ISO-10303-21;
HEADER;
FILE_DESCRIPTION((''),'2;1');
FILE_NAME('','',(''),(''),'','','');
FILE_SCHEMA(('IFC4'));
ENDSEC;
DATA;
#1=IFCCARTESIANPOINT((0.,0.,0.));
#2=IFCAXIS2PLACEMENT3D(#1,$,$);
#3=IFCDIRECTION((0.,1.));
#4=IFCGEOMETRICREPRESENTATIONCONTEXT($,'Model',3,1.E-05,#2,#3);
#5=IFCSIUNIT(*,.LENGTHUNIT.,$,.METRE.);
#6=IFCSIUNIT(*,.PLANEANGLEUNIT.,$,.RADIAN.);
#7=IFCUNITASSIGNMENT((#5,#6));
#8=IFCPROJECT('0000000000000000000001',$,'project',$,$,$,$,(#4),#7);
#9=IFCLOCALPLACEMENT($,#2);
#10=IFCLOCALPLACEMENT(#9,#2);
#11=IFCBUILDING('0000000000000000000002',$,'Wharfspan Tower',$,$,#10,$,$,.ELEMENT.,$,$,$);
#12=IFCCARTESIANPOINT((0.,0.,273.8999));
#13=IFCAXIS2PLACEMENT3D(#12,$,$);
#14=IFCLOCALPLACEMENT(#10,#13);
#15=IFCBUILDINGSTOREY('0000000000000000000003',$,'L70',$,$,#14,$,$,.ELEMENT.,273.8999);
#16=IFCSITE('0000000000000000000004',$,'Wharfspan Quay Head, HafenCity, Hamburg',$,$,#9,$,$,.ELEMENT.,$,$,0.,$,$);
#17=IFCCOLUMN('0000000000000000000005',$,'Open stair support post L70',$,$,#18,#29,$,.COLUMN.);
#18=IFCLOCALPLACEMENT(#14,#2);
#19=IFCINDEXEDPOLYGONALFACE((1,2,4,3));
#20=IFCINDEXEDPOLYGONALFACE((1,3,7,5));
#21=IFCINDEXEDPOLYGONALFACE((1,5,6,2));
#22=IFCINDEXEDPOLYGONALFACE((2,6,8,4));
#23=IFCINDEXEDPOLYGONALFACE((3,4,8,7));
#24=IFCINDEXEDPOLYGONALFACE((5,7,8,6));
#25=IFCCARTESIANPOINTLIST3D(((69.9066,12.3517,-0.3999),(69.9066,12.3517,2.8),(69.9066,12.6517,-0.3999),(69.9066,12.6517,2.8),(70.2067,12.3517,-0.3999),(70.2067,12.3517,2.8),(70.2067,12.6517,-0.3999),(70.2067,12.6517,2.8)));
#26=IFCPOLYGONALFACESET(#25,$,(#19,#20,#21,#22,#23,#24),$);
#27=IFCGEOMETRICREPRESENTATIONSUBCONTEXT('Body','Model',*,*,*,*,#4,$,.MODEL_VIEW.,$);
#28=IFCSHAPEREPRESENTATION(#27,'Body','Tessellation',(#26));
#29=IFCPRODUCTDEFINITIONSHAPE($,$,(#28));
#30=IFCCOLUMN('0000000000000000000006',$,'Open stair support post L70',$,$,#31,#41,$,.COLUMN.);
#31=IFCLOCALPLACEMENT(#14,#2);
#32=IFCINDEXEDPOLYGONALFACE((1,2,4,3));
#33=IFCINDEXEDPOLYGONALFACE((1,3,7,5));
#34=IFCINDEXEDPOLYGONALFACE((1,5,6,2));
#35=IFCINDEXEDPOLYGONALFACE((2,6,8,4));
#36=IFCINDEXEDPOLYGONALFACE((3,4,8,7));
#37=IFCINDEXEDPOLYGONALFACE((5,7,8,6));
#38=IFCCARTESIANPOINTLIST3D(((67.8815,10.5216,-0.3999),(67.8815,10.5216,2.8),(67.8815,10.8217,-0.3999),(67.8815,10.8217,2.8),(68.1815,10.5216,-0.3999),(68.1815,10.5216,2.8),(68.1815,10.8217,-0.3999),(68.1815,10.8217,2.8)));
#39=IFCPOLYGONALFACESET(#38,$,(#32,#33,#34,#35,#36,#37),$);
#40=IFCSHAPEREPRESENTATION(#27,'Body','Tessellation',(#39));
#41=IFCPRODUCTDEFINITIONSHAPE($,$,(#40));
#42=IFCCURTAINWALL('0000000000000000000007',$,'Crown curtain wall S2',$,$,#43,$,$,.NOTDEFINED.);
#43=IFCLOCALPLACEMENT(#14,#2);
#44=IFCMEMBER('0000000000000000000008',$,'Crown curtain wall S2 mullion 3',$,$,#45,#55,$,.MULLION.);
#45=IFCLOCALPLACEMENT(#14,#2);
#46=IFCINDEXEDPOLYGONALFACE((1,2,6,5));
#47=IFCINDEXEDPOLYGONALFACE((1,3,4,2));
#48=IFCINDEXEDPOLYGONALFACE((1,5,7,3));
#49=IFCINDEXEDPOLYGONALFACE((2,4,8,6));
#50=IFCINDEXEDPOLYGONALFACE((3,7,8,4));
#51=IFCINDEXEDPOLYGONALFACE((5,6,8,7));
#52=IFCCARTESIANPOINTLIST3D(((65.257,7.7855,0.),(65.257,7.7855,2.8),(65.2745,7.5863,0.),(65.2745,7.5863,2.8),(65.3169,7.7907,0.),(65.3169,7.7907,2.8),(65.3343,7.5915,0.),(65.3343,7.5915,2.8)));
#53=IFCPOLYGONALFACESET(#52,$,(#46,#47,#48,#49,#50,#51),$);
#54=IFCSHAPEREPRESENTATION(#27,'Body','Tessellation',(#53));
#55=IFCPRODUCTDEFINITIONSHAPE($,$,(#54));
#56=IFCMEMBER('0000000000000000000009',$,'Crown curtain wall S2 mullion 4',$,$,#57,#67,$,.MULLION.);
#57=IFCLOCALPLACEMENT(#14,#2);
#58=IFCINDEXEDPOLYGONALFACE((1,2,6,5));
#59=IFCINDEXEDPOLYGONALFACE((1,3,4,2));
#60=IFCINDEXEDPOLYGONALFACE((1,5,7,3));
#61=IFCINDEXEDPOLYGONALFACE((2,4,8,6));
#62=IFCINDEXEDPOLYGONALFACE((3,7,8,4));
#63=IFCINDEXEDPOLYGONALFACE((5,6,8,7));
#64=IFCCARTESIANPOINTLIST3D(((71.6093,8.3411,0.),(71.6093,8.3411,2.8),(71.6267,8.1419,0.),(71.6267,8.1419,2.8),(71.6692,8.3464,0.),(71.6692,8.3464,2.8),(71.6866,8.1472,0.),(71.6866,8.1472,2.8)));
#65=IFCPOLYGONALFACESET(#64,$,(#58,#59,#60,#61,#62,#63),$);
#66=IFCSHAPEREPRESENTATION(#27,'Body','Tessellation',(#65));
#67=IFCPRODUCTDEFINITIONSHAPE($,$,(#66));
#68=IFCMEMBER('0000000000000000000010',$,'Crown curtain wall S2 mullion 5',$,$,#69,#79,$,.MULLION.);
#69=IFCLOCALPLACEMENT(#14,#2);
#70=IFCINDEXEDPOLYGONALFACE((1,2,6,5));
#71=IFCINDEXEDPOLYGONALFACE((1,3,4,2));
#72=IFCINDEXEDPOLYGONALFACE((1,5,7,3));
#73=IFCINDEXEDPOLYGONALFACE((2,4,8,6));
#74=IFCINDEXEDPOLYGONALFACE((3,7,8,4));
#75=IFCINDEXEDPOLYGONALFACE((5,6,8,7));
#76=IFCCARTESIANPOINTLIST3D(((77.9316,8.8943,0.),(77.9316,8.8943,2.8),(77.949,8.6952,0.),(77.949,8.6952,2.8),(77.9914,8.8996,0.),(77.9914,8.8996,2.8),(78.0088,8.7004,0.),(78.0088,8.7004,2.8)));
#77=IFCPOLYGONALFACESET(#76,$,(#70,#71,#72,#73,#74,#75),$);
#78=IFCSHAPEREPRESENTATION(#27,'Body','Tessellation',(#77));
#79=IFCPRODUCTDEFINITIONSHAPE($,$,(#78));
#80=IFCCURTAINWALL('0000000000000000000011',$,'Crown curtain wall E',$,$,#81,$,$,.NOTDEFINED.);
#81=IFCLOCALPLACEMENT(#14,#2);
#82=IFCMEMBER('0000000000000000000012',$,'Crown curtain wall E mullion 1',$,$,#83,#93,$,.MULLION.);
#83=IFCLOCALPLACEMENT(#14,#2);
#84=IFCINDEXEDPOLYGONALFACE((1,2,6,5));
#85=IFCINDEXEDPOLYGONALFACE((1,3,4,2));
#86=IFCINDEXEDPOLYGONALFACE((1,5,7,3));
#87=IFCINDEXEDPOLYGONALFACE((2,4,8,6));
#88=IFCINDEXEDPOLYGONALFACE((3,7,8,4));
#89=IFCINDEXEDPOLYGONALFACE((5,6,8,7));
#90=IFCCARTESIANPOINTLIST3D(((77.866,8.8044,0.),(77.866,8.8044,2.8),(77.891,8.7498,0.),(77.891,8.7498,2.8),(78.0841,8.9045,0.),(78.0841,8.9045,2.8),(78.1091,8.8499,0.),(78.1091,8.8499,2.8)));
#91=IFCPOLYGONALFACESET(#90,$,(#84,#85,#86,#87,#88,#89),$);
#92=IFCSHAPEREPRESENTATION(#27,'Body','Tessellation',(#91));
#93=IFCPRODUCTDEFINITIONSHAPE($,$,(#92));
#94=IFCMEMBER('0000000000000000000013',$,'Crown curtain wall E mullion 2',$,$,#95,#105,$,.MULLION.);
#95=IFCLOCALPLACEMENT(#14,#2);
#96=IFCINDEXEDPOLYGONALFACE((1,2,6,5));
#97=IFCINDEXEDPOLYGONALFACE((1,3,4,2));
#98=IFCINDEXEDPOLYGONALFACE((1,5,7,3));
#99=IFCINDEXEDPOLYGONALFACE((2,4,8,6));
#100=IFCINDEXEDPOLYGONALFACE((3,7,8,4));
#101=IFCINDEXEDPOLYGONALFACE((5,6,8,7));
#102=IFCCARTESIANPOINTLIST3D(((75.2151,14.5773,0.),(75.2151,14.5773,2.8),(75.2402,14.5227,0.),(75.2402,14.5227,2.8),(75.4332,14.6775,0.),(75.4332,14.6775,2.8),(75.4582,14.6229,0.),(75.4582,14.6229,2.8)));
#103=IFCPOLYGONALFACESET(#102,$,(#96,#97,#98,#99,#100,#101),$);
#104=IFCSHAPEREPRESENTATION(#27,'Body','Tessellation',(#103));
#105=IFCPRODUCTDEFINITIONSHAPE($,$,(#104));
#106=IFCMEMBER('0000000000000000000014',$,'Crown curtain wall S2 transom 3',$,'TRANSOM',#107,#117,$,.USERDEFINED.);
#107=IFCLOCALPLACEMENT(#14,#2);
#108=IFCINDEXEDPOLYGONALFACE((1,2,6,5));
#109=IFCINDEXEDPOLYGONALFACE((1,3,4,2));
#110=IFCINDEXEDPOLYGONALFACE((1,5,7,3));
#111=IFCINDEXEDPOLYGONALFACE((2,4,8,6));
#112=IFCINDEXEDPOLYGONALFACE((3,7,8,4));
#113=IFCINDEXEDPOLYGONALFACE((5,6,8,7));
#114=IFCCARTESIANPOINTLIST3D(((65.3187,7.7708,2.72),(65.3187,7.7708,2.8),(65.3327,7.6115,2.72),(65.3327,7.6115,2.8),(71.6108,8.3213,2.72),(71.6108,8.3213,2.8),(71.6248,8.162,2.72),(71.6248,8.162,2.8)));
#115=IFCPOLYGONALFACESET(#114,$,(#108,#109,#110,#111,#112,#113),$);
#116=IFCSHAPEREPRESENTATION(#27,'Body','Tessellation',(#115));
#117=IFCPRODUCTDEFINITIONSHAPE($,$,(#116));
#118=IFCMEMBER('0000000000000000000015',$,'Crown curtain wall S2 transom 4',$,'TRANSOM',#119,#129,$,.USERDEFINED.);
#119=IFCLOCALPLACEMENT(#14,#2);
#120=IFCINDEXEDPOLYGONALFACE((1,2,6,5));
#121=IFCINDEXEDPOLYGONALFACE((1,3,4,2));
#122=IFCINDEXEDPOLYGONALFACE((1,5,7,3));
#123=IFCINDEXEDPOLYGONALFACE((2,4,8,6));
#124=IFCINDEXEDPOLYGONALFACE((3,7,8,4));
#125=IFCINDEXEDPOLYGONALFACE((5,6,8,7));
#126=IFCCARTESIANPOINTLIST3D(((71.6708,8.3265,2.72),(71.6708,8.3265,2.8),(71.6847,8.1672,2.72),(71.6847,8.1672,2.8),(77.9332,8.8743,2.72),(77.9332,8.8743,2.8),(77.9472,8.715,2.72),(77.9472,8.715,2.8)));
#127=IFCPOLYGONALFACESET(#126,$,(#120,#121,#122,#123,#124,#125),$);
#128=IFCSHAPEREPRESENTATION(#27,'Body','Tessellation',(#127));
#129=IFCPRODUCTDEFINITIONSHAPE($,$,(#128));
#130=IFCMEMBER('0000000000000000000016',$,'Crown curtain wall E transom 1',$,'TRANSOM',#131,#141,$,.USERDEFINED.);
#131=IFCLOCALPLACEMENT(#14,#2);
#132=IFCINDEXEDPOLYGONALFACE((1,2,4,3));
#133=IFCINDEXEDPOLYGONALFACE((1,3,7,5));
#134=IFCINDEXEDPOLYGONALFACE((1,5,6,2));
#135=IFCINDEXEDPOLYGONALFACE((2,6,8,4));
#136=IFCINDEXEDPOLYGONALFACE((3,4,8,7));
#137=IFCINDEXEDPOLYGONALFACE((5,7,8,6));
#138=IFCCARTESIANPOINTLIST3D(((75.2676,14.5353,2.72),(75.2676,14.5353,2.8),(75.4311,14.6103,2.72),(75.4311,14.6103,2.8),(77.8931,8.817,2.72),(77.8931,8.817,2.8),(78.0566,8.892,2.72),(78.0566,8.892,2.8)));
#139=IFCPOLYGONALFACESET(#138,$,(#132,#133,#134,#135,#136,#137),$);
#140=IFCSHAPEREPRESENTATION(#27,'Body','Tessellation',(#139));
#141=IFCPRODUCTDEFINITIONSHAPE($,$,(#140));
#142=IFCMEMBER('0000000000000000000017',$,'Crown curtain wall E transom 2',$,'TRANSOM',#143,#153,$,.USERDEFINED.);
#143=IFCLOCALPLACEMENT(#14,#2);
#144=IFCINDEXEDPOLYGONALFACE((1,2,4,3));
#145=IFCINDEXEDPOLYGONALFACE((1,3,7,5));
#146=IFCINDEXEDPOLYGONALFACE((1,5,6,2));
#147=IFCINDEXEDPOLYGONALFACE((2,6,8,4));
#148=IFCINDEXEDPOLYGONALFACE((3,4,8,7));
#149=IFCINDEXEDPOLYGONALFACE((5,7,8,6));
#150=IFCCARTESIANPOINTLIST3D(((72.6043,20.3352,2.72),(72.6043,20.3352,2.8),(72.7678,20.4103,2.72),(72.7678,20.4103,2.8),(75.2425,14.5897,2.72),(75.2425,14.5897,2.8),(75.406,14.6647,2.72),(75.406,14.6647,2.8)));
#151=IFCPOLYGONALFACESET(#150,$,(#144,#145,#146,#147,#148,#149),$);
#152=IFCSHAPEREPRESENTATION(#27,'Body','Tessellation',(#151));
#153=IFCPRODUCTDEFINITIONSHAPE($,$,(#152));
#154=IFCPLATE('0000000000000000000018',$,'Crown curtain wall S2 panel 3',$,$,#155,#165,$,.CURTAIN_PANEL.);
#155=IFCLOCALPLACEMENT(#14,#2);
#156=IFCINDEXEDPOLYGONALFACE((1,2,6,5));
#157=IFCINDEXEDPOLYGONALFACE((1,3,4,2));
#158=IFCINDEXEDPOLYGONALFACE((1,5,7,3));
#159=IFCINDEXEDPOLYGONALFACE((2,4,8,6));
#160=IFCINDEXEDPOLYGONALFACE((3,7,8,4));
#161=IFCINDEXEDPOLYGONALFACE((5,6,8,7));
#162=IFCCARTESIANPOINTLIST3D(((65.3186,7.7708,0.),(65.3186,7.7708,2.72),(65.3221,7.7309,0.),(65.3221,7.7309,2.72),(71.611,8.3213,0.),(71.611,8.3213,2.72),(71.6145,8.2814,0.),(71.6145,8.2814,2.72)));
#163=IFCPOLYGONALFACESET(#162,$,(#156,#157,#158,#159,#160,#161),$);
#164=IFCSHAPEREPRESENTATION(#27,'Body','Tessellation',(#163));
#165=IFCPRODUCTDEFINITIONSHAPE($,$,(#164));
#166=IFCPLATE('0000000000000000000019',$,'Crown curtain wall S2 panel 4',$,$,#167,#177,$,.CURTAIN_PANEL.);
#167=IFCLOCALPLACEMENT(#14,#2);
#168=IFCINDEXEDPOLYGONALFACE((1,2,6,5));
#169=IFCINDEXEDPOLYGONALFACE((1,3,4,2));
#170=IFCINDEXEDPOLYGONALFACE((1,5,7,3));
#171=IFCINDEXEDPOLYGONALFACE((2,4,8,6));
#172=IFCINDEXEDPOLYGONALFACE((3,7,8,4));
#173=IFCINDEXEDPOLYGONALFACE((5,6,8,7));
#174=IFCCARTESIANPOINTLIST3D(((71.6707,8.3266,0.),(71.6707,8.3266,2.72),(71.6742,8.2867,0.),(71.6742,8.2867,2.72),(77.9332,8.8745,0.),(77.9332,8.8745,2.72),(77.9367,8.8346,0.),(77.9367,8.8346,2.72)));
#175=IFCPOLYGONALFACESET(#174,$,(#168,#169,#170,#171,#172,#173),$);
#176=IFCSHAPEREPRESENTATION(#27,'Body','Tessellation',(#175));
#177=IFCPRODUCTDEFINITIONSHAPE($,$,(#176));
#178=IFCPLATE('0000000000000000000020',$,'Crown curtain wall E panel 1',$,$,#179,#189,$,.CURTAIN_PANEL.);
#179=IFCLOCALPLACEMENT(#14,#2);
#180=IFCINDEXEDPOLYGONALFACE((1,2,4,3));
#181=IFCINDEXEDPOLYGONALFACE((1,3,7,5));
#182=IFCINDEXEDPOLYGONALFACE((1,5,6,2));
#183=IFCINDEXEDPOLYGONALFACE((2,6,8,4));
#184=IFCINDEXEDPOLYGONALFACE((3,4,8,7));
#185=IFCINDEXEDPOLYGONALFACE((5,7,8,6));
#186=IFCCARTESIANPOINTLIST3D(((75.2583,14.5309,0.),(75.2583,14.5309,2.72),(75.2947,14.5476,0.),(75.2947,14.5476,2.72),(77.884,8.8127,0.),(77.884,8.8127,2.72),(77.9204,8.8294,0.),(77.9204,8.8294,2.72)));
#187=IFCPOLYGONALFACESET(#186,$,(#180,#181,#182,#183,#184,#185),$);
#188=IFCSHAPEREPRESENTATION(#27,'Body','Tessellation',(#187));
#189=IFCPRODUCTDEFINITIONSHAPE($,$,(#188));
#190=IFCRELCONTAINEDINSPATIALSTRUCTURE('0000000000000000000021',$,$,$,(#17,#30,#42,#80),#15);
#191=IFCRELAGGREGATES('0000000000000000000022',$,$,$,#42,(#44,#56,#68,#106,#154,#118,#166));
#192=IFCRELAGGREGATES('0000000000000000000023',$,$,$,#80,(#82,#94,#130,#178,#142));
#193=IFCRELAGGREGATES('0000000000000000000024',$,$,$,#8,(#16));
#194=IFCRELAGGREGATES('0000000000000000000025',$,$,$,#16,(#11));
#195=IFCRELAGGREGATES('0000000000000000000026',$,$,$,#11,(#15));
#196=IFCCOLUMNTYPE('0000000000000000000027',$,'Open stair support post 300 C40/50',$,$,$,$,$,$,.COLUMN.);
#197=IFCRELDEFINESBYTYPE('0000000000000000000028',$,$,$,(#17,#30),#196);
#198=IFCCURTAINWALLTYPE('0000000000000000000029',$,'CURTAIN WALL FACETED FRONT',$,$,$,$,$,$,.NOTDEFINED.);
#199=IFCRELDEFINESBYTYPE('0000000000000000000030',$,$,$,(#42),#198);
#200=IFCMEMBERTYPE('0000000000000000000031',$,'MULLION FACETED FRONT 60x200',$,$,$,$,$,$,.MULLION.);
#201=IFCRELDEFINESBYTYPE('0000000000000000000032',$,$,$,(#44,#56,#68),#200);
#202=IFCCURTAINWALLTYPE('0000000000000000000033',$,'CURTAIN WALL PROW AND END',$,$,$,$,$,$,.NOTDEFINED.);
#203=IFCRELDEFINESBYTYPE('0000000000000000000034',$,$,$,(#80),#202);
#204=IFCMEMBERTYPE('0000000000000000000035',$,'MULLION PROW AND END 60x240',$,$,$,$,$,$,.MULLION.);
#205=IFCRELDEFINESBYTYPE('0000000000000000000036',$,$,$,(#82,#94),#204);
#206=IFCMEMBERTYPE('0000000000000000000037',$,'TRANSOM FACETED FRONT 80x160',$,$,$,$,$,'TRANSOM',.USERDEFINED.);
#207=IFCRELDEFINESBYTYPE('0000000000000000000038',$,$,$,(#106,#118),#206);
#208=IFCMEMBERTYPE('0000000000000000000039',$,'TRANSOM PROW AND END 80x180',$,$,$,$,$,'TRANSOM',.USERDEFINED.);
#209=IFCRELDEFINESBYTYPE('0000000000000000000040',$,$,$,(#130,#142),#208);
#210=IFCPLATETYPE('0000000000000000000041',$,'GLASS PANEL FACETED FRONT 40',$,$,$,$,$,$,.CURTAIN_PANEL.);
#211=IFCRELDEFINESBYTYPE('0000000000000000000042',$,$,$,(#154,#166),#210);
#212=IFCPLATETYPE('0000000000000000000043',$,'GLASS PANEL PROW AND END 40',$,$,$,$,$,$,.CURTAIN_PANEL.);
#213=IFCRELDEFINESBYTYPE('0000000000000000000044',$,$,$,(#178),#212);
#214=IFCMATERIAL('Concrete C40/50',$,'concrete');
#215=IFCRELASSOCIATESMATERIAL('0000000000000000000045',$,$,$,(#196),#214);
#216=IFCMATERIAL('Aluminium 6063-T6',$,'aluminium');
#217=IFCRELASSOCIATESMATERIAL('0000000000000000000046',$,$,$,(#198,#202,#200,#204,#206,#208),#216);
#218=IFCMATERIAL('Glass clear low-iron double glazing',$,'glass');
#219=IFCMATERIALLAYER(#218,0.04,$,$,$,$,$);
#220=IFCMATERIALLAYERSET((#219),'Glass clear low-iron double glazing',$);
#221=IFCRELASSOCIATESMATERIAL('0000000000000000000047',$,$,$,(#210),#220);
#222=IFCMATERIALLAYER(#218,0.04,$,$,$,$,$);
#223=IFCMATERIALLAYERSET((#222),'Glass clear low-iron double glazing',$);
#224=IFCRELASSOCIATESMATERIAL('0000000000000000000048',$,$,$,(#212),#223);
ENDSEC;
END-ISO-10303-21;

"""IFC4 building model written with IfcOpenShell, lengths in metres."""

from ifc_helpers import new_model, si_unit, direction, frame, origin, origin_2d, place, context, subcontext, project, spatial, rectangle, extrude, material, layer, layer_set, material_profile, profile_set, type_object, element, aggregate, save


model = new_model("IFC4")

# Units and contexts
model_context = context("Model", 3, precision=1e-05, world=origin(), true_north=direction((0.0, 1.0)))
body_context = subcontext(model_context, "Body", "Model", "MODEL_VIEW")
ifc_project = project(units=[si_unit("LENGTHUNIT", "METRE"), si_unit("PLANEANGLEUNIT", "RADIAN")], contexts=[model_context])

# Site, building, storey
site_placement = place(None, origin())
site = spatial("IfcSite", under=ifc_project, at=site_placement, Name="Wharfspan Quay Head, HafenCity, Hamburg", CompositionType="ELEMENT", RefElevation=0.0)
building_placement = place(site_placement, origin())
building = spatial("IfcBuilding", under=site, at=building_placement, Name="Wharfspan Tower", CompositionType="ELEMENT")
storey_placement = place(building_placement, frame((0.0, 0.0, 273.8999)))
storey = spatial("IfcBuildingStorey", under=building, at=storey_placement, Name="L70", CompositionType="ELEMENT", Elevation=273.8999)

# Columns
ifc_material_1 = material(Name="Concrete C40/50", Category="concrete")
ifc_material_profile_1 = material_profile(ifc_material_1, rectangle(XDim=0.3, YDim=0.3, at=origin_2d()))
ifc_profile_set_1 = profile_set([ifc_material_profile_1], Name="Concrete C40/50")
column_type_1 = type_object("IfcColumnType", Name="Open stair support post 300 C40/50", PredefinedType="COLUMN", material=ifc_profile_set_1)
for number, where, z_axis, x_axis, name in (
    (1, (70.0566, 12.5017, -0.3999), (0.0, 0.0, 1.0), (1.0, 0.0, 0.0), "Open stair support post L70"),
    (2, (68.0315, 10.6716, -0.3999), (0.0, 0.0, 1.0), (1.0, 0.0, 0.0), "Open stair support post L70"),
):
    element("IfcColumn", number, at=place(storey_placement, frame(where, z_axis=z_axis, x_axis=x_axis)), inside=storey, type_object=column_type_1, Name=name, PredefinedType="COLUMN", context=body_context, shape_type="SweptSolid", body=[
        extrude(rectangle(XDim=0.3, YDim=0.3, at=origin_2d()), origin(), (0.0, 0.0, 1.0), 3.2),
    ])

# Curtain walls, members
ifc_material_2 = material(Name="Aluminium 6063-T6", Category="aluminium")
curtain_wall_type_1 = type_object("IfcCurtainWallType", Name="CURTAIN WALL FACETED FRONT", PredefinedType="NOTDEFINED", material=ifc_material_2)
curtain_wall_1_placement = place(storey_placement, origin())
curtain_wall_1 = element("IfcCurtainWall", 3, at=curtain_wall_1_placement, inside=storey, type_object=curtain_wall_type_1, Name="Crown curtain wall S2", PredefinedType="NOTDEFINED")
ifc_material_profile_2 = material_profile(ifc_material_2, rectangle(XDim=0.2, YDim=0.0601, at=origin_2d()))
ifc_profile_set_2 = profile_set([ifc_material_profile_2], Name="Aluminium 6063-T6")
member_type_1 = type_object("IfcMemberType", Name="MULLION FACETED FRONT 60x200", PredefinedType="MULLION", material=ifc_profile_set_2)
member_1_placement = place(storey_placement, frame((65.2957, 7.6885, 0.0), z_axis=(0.0, 0.0, 1.0), x_axis=(-0.087156, 0.996198, 0.0)))
member_1 = element("IfcMember", 4, at=member_1_placement, type_object=member_type_1, Name="Crown curtain wall S2 mullion 3", PredefinedType="MULLION", context=body_context, shape_type="SweptSolid", body=[
    extrude(rectangle(XDim=0.2, YDim=0.0601, at=origin_2d()), origin(), (0.0, 0.0, 1.0), 2.8),
])
member_2_placement = place(storey_placement, frame((71.6479, 8.2441, 0.0), z_axis=(0.0, 0.0, 1.0), x_axis=(-0.087156, 0.996198, 0.0)))
member_2 = element("IfcMember", 5, at=member_2_placement, type_object=member_type_1, Name="Crown curtain wall S2 mullion 4", PredefinedType="MULLION", context=body_context, shape_type="SweptSolid", body=[
    extrude(rectangle(XDim=0.2, YDim=0.0601, at=origin_2d()), origin(), (0.0, 0.0, 1.0), 2.8),
])
member_3_placement = place(storey_placement, frame((77.9702, 8.7974, 0.0), z_axis=(0.0, 0.0, 1.0), x_axis=(-0.087156, 0.996198, 0.0)))
member_3 = element("IfcMember", 6, at=member_3_placement, type_object=member_type_1, Name="Crown curtain wall S2 mullion 5", PredefinedType="MULLION", context=body_context, shape_type="SweptSolid", body=[
    extrude(rectangle(XDim=0.2, YDim=0.0601, at=origin_2d()), origin(), (0.0, 0.0, 1.0), 2.8),
])
curtain_wall_type_2 = type_object("IfcCurtainWallType", Name="CURTAIN WALL PROW AND END", PredefinedType="NOTDEFINED", material=ifc_material_2)
curtain_wall_2_placement = place(storey_placement, origin())
curtain_wall_2 = element("IfcCurtainWall", 7, at=curtain_wall_2_placement, inside=storey, type_object=curtain_wall_type_2, Name="Crown curtain wall E", PredefinedType="NOTDEFINED")
ifc_material_profile_3 = material_profile(ifc_material_2, rectangle(XDim=0.24, YDim=0.0601, at=origin_2d()))
ifc_profile_set_3 = profile_set([ifc_material_profile_3], Name="Aluminium 6063-T6")
member_type_2 = type_object("IfcMemberType", Name="MULLION PROW AND END 60x240", PredefinedType="MULLION", material=ifc_profile_set_3)
member_4_placement = place(storey_placement, frame((77.9875, 8.8271, 0.0), z_axis=(0.0, 0.0, 1.0), x_axis=(-0.908769, -0.417292, 0.0)))
member_4 = element("IfcMember", 8, at=member_4_placement, type_object=member_type_2, Name="Crown curtain wall E mullion 1", PredefinedType="MULLION", context=body_context, shape_type="SweptSolid", body=[
    extrude(rectangle(XDim=0.24, YDim=0.0601, at=origin_2d()), origin(), (0.0, 0.0, 1.0), 2.8),
])
member_5_placement = place(storey_placement, frame((75.3367, 14.6001, 0.0), z_axis=(0.0, 0.0, 1.0), x_axis=(-0.908769, -0.417292, 0.0)))
member_5 = element("IfcMember", 9, at=member_5_placement, type_object=member_type_2, Name="Crown curtain wall E mullion 2", PredefinedType="MULLION", context=body_context, shape_type="SweptSolid", body=[
    extrude(rectangle(XDim=0.24, YDim=0.0601, at=origin_2d()), origin(), (0.0, 0.0, 1.0), 2.8),
])

# Members
ifc_material_profile_4 = material_profile(ifc_material_2, rectangle(XDim=0.1599, YDim=0.0801, at=origin_2d()))
ifc_profile_set_4 = profile_set([ifc_material_profile_4], Name="Aluminium 6063-T6")
member_type_3 = type_object("IfcMemberType", Name="TRANSOM FACETED FRONT 80x160", ElementType="TRANSOM", PredefinedType="USERDEFINED", material=ifc_profile_set_4)
member_6_placement = place(storey_placement, frame((65.3257, 7.6912, 2.76), z_axis=(0.996194, 0.087162, 0.0), x_axis=(-0.087162, 0.996194, 0.0)))
member_6 = element("IfcMember", 10, at=member_6_placement, type_object=member_type_3, Name="Crown curtain wall S2 transom 3", ObjectType="TRANSOM", PredefinedType="USERDEFINED", context=body_context, shape_type="SweptSolid", body=[
    extrude(rectangle(XDim=0.1599, YDim=0.0801, at=origin_2d()), origin(), (0.0, 0.0, 1.0), 6.3162),
])
member_7_placement = place(storey_placement, frame((71.6777, 8.2468, 2.76), z_axis=(0.996195, 0.087149, 0.0), x_axis=(-0.087149, 0.996195, 0.0)))
member_7 = element("IfcMember", 11, at=member_7_placement, type_object=member_type_3, Name="Crown curtain wall S2 transom 4", ObjectType="TRANSOM", PredefinedType="USERDEFINED", context=body_context, shape_type="SweptSolid", body=[
    extrude(rectangle(XDim=0.1599, YDim=0.0801, at=origin_2d()), origin(), (0.0, 0.0, 1.0), 6.2864),
])
ifc_material_profile_5 = material_profile(ifc_material_2, rectangle(XDim=0.1799, YDim=0.0801, at=origin_2d()))
ifc_profile_set_5 = profile_set([ifc_material_profile_5], Name="Aluminium 6063-T6")
member_type_4 = type_object("IfcMemberType", Name="TRANSOM PROW AND END 80x180", ElementType="TRANSOM", PredefinedType="USERDEFINED", material=ifc_profile_set_5)
member_8_placement = place(storey_placement, frame((77.9749, 8.8545, 2.76), z_axis=(-0.417261, 0.908787, 0.0), x_axis=(-0.908787, -0.417261, 0.0)))
member_8 = element("IfcMember", 12, at=member_8_placement, type_object=member_type_4, Name="Crown curtain wall E transom 1", ObjectType="TRANSOM", PredefinedType="USERDEFINED", context=body_context, shape_type="SweptSolid", body=[
    extrude(rectangle(XDim=0.1799, YDim=0.0801, at=origin_2d()), origin(), (0.0, 0.0, 1.0), 6.2922),
])
member_9_placement = place(storey_placement, frame((75.3242, 14.6272, 2.76), z_axis=(-0.41728, 0.908778, 0.0), x_axis=(-0.908778, -0.41728, 0.0)))
member_9 = element("IfcMember", 13, at=member_9_placement, type_object=member_type_4, Name="Crown curtain wall E transom 2", ObjectType="TRANSOM", PredefinedType="USERDEFINED", context=body_context, shape_type="SweptSolid", body=[
    extrude(rectangle(XDim=0.1799, YDim=0.0801, at=origin_2d()), origin(), (0.0, 0.0, 1.0), 6.3223),
])

# Plates
ifc_material_3 = material(Name="Glass clear low-iron double glazing", Category="glass")
ifc_layer_1 = layer(ifc_material_3, 0.04)
ifc_layer_set_1 = layer_set([ifc_layer_1], Name="Glass clear low-iron double glazing")
plate_type_1 = type_object("IfcPlateType", Name="GLASS PANEL FACETED FRONT 40", PredefinedType="CURTAIN_PANEL", material=ifc_layer_set_1)
plate_1_placement = place(storey_placement, frame((68.4666, 8.0261, 0.0), z_axis=(0.0, 0.0, 1.0), x_axis=(0.996198, 0.087156, 0.0)))
plate_1 = element("IfcPlate", 14, at=plate_1_placement, type_object=plate_type_1, Name="Crown curtain wall S2 panel 3", PredefinedType="CURTAIN_PANEL", context=body_context, shape_type="SweptSolid", body=[
    extrude(rectangle(XDim=6.3164, YDim=0.04, at=origin_2d()), origin(), (0.0, 0.0, 1.0), 2.72),
])
plate_2_placement = place(storey_placement, frame((74.8037, 8.5806, 0.0), z_axis=(0.0, 0.0, 1.0), x_axis=(0.996198, 0.087156, 0.0)))
plate_2 = element("IfcPlate", 15, at=plate_2_placement, type_object=plate_type_1, Name="Crown curtain wall S2 panel 4", PredefinedType="CURTAIN_PANEL", context=body_context, shape_type="SweptSolid", body=[
    extrude(rectangle(XDim=6.2864, YDim=0.04, at=origin_2d()), origin(), (0.0, 0.0, 1.0), 2.72),
])
aggregate(curtain_wall_1, [member_1, member_2, member_3, member_6, plate_1, member_7, plate_2])
ifc_layer_2 = layer(ifc_material_3, 0.04)
ifc_layer_set_2 = layer_set([ifc_layer_2], Name="Glass clear low-iron double glazing")
plate_type_2 = type_object("IfcPlateType", Name="GLASS PANEL PROW AND END 40", PredefinedType="CURTAIN_PANEL", material=ifc_layer_set_2)
plate_3_placement = place(storey_placement, frame((76.5894, 11.6802, 0.0), z_axis=(0.0, 0.0, 1.0), x_axis=(-0.417292, 0.908769, 0.0)))
plate_3 = element("IfcPlate", 16, at=plate_3_placement, type_object=plate_type_2, Name="Crown curtain wall E panel 1", PredefinedType="CURTAIN_PANEL", context=body_context, shape_type="SweptSolid", body=[
    extrude(rectangle(XDim=6.2922, YDim=0.04, at=origin_2d()), origin(), (0.0, 0.0, 1.0), 2.72),
])
aggregate(curtain_wall_2, [member_4, member_5, member_8, plate_3, member_9])

save(model, "model.ifc")
